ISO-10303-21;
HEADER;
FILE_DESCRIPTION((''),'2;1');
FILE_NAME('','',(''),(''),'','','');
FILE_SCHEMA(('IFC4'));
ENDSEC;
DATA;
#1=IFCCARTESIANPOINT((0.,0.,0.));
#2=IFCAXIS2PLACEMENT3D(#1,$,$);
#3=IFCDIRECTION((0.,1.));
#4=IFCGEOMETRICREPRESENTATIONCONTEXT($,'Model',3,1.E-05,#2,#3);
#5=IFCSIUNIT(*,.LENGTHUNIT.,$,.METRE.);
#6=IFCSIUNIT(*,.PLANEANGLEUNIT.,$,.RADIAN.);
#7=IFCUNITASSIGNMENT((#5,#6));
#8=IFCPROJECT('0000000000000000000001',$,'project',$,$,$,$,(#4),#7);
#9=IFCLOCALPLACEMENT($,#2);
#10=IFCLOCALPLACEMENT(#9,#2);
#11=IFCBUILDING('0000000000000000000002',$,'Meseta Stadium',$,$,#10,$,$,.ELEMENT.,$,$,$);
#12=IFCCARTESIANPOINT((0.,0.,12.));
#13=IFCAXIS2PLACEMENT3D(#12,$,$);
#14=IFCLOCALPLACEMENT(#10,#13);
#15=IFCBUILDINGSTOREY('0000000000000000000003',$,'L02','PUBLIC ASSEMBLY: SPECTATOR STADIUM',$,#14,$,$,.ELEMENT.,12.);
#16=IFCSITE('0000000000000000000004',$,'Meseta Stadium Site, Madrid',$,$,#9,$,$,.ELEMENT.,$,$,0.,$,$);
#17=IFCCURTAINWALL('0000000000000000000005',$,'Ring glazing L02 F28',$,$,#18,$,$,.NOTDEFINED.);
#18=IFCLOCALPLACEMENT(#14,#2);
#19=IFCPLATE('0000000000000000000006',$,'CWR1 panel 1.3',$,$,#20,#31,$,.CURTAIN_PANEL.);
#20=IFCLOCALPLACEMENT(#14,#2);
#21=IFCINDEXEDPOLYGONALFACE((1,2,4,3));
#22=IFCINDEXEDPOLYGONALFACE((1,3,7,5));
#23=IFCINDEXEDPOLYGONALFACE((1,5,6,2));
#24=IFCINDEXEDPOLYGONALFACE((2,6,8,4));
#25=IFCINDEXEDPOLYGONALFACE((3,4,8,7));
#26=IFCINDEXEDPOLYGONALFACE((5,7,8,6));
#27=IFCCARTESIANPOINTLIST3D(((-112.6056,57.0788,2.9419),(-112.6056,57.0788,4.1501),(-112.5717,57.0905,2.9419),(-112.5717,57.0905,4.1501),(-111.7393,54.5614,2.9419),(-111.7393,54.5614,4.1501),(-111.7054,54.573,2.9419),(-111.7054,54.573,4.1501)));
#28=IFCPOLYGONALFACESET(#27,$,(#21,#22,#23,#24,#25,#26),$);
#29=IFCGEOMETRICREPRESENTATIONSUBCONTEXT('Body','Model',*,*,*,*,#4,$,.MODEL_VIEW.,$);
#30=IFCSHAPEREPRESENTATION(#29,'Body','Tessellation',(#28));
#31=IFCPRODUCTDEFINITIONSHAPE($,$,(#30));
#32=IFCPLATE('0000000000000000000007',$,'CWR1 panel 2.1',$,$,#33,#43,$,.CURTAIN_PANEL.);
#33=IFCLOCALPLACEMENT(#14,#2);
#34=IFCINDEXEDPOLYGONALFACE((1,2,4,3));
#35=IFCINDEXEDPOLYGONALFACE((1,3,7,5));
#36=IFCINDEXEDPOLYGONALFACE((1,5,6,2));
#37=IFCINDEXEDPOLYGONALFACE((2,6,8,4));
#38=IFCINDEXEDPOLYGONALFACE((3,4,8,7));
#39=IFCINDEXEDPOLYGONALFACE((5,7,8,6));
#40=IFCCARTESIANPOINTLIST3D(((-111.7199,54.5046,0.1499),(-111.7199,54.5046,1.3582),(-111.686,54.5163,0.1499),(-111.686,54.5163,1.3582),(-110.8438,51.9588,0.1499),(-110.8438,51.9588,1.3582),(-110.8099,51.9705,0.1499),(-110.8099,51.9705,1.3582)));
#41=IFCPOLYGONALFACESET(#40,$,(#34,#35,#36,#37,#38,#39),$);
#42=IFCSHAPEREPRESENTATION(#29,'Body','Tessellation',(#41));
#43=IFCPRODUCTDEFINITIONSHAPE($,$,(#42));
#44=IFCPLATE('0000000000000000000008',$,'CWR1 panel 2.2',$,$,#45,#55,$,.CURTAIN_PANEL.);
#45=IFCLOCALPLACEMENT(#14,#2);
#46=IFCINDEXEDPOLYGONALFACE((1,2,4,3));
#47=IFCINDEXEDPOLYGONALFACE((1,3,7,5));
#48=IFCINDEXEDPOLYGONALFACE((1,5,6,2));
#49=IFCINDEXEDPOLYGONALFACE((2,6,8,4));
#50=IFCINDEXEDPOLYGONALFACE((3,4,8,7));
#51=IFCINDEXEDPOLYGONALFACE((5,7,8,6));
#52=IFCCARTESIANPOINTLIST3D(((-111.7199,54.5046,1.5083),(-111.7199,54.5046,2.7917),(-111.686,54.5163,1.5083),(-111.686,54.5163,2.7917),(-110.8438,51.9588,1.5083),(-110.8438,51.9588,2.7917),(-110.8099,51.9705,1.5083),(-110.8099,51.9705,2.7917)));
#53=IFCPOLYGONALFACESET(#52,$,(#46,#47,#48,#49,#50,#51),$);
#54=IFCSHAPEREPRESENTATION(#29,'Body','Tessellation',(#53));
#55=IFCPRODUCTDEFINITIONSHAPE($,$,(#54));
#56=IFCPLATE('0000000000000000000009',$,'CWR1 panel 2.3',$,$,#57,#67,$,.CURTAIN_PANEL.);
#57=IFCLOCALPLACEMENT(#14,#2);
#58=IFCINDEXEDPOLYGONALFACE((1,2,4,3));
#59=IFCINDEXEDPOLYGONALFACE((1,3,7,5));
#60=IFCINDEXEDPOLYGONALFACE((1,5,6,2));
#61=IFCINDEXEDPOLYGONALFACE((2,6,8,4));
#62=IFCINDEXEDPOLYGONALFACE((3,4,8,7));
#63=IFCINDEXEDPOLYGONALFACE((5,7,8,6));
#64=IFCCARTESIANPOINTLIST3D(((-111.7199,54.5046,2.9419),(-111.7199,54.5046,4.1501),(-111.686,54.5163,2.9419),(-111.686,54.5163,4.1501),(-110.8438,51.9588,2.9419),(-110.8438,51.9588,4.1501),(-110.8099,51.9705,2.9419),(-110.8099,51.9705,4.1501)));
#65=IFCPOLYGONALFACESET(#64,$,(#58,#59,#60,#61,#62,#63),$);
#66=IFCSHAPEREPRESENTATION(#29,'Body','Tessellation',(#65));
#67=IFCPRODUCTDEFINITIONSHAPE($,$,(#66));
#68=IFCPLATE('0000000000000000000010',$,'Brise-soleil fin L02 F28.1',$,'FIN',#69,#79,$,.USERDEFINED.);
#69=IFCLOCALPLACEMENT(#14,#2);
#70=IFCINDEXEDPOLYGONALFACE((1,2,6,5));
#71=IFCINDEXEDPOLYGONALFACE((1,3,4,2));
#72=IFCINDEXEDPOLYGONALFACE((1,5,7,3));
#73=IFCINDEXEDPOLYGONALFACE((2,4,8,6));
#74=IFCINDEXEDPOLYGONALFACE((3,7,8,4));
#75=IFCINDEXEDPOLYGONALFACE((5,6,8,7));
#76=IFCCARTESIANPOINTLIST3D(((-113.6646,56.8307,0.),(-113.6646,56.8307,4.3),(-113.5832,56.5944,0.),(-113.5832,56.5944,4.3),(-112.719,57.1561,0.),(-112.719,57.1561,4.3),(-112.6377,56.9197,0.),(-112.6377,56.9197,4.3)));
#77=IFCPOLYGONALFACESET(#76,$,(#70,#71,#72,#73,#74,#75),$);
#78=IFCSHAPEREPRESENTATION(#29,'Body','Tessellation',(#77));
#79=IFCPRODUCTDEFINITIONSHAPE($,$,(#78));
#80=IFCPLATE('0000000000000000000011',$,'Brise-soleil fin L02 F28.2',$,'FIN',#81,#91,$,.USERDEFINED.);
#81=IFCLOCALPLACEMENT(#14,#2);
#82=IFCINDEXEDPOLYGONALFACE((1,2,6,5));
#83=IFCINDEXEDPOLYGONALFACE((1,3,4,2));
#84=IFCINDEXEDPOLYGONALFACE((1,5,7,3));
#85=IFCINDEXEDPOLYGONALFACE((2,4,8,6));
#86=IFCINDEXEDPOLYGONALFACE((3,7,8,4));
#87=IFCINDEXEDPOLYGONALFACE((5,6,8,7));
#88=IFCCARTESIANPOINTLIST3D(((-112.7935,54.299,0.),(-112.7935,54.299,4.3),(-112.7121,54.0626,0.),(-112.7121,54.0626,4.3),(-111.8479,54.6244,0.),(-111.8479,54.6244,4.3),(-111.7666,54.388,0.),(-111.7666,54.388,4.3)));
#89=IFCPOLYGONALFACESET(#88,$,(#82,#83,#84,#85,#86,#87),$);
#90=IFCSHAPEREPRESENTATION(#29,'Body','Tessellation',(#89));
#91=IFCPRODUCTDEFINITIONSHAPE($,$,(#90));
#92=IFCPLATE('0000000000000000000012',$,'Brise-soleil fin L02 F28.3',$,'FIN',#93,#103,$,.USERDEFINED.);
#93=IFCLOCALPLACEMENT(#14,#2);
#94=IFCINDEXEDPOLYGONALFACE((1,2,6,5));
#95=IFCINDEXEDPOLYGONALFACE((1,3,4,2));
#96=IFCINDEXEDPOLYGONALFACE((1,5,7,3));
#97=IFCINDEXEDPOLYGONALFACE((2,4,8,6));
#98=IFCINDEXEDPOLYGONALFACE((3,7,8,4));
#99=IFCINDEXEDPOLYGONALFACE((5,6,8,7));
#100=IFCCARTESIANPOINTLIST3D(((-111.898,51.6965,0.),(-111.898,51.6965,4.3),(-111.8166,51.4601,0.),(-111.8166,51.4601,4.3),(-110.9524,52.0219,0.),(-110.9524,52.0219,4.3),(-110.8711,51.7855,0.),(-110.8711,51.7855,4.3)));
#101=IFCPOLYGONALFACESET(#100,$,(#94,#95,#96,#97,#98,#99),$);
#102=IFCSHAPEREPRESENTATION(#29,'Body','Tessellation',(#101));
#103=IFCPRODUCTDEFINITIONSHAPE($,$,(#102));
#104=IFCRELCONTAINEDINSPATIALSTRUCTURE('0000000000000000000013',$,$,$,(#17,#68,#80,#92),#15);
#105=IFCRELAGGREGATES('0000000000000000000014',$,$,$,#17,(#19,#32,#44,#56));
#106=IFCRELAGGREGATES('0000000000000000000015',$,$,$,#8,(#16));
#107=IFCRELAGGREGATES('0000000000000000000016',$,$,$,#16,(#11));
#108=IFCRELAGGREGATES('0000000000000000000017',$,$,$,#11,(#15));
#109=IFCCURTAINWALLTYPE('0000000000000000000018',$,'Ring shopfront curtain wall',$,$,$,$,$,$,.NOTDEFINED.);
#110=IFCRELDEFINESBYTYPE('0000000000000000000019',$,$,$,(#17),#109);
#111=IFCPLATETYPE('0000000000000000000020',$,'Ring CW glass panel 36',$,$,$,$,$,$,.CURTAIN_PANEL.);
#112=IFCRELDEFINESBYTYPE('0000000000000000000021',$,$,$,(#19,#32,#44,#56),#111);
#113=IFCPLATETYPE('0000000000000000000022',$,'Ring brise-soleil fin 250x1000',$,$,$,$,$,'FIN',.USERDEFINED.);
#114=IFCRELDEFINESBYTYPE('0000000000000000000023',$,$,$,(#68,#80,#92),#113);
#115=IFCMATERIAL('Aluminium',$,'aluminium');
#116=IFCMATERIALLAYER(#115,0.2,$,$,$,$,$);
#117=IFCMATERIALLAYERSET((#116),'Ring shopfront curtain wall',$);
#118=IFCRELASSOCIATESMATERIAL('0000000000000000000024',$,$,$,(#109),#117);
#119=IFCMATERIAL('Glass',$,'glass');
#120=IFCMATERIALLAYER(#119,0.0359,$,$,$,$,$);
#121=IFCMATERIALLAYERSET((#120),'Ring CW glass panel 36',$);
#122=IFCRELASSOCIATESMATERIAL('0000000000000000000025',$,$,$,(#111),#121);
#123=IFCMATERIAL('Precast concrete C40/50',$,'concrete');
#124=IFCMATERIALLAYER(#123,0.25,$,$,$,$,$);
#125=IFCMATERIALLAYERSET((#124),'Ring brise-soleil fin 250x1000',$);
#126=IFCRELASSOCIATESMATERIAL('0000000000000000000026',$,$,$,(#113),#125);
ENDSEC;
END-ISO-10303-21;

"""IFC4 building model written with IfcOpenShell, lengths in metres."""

from ifc_helpers import new_model, si_unit, direction, frame, origin, origin_2d, place, context, subcontext, project, spatial, rectangle, extrude, material, layer, layer_set, type_object, element, aggregate, save


model = new_model("IFC4")

# Units and contexts
model_context = context("Model", 3, precision=1e-05, world=origin(), true_north=direction((0.0, 1.0)))
body_context = subcontext(model_context, "Body", "Model", "MODEL_VIEW")
ifc_project = project(units=[si_unit("LENGTHUNIT", "METRE"), si_unit("PLANEANGLEUNIT", "RADIAN")], contexts=[model_context])

# Site, building, storey
site_placement = place(None, origin())
site = spatial("IfcSite", under=ifc_project, at=site_placement, Name="Meseta Stadium Site, Madrid", CompositionType="ELEMENT", RefElevation=0.0)
building_placement = place(site_placement, origin())
building = spatial("IfcBuilding", under=site, at=building_placement, Name="Meseta Stadium", CompositionType="ELEMENT")
storey_placement = place(building_placement, frame((0.0, 0.0, 12.0)))
storey = spatial("IfcBuildingStorey", under=building, at=storey_placement, Name="L02", Description="PUBLIC ASSEMBLY: SPECTATOR STADIUM", CompositionType="ELEMENT", Elevation=12.0)

# Curtain wall
ifc_material_1 = material(Name="Aluminium", Category="aluminium")
ifc_layer_1 = layer(ifc_material_1, 0.2)
ifc_layer_set_1 = layer_set([ifc_layer_1], Name="Ring shopfront curtain wall")
curtain_wall_type = type_object("IfcCurtainWallType", Name="Ring shopfront curtain wall", PredefinedType="NOTDEFINED", material=ifc_layer_set_1)
curtain_wall_1_placement = place(storey_placement, origin())
curtain_wall_1 = element("IfcCurtainWall", 1, at=curtain_wall_1_placement, inside=storey, type_object=curtain_wall_type, Name="Ring glazing L02 F28", PredefinedType="NOTDEFINED")

# Plates
ifc_material_2 = material(Name="Glass", Category="glass")
ifc_layer_2 = layer(ifc_material_2, 0.0359)
ifc_layer_set_2 = layer_set([ifc_layer_2], Name="Ring CW glass panel 36")
plate_type_1 = type_object("IfcPlateType", Name="Ring CW glass panel 36", PredefinedType="CURTAIN_PANEL", material=ifc_layer_set_2)
plate_1_placement = place(storey_placement, frame((-112.1555, 55.8259, 2.9419), z_axis=(0.0, 0.0, 1.0), x_axis=(0.325386, -0.945581, 0.0)))
plate_1 = element("IfcPlate", 2, at=plate_1_placement, type_object=plate_type_1, Name="CWR1 panel 1.3", PredefinedType="CURTAIN_PANEL", context=body_context, shape_type="SweptSolid", body=[
    extrude(rectangle(XDim=2.6624, YDim=0.0359, at=origin_2d()), origin(), (0.0, 0.0, 1.0), 1.2083),
])
plate_2_placement = place(storey_placement, frame((-111.2649, 53.2375, 0.1499), z_axis=(0.0, 0.0, 1.0), x_axis=(0.325386, -0.945581, 0.0)))
plate_2 = element("IfcPlate", 3, at=plate_2_placement, type_object=plate_type_1, Name="CWR1 panel 2.1", PredefinedType="CURTAIN_PANEL", context=body_context, shape_type="SweptSolid", body=[
    extrude(rectangle(XDim=2.6924, YDim=0.0359, at=origin_2d()), origin(), (0.0, 0.0, 1.0), 1.2083),
])
plate_3_placement = place(storey_placement, frame((-111.2649, 53.2375, 1.5083), z_axis=(0.0, 0.0, 1.0), x_axis=(0.325386, -0.945581, 0.0)))
plate_3 = element("IfcPlate", 4, at=plate_3_placement, type_object=plate_type_1, Name="CWR1 panel 2.2", PredefinedType="CURTAIN_PANEL", context=body_context, shape_type="SweptSolid", body=[
    extrude(rectangle(XDim=2.6924, YDim=0.0359, at=origin_2d()), origin(), (0.0, 0.0, 1.0), 1.2834),
])
plate_4_placement = place(storey_placement, frame((-111.2649, 53.2375, 2.9419), z_axis=(0.0, 0.0, 1.0), x_axis=(0.325386, -0.945581, 0.0)))
plate_4 = element("IfcPlate", 5, at=plate_4_placement, type_object=plate_type_1, Name="CWR1 panel 2.3", PredefinedType="CURTAIN_PANEL", context=body_context, shape_type="SweptSolid", body=[
    extrude(rectangle(XDim=2.6924, YDim=0.0359, at=origin_2d()), origin(), (0.0, 0.0, 1.0), 1.2083),
])
aggregate(curtain_wall_1, [plate_1, plate_2, plate_3, plate_4])

# Plates
ifc_material_3 = material(Name="Precast concrete C40/50", Category="concrete")
ifc_layer_3 = layer(ifc_material_3, 0.25)
ifc_layer_set_3 = layer_set([ifc_layer_3], Name="Ring brise-soleil fin 250x1000")
plate_type_2 = type_object("IfcPlateType", Name="Ring brise-soleil fin 250x1000", ElementType="FIN", PredefinedType="USERDEFINED", material=ifc_layer_set_3)
for number, where, z_axis, x_axis, name in (
    (6, (-113.1511, 56.8752, 0.0), (0.0, 0.0, 1.0), (0.325393, -0.945579, 0.0), "Brise-soleil fin L02 F28.1"),
    (7, (-112.28, 54.3435, 0.0), (0.0, 0.0, 1.0), (0.325393, -0.945579, 0.0), "Brise-soleil fin L02 F28.2"),
    (8, (-111.3845, 51.741, 0.0), (0.0, 0.0, 1.0), (0.325393, -0.945579, 0.0), "Brise-soleil fin L02 F28.3"),
):
    element("IfcPlate", number, at=place(storey_placement, frame(where, z_axis=z_axis, x_axis=x_axis)), inside=storey, type_object=plate_type_2, Name=name, ObjectType="FIN", PredefinedType="USERDEFINED", context=body_context, shape_type="SweptSolid", body=[
        extrude(rectangle(XDim=0.25, YDim=1.0, at=origin_2d()), origin(), (0.0, 0.0, 1.0), 4.3),
    ])

save(model, "model.ifc")
